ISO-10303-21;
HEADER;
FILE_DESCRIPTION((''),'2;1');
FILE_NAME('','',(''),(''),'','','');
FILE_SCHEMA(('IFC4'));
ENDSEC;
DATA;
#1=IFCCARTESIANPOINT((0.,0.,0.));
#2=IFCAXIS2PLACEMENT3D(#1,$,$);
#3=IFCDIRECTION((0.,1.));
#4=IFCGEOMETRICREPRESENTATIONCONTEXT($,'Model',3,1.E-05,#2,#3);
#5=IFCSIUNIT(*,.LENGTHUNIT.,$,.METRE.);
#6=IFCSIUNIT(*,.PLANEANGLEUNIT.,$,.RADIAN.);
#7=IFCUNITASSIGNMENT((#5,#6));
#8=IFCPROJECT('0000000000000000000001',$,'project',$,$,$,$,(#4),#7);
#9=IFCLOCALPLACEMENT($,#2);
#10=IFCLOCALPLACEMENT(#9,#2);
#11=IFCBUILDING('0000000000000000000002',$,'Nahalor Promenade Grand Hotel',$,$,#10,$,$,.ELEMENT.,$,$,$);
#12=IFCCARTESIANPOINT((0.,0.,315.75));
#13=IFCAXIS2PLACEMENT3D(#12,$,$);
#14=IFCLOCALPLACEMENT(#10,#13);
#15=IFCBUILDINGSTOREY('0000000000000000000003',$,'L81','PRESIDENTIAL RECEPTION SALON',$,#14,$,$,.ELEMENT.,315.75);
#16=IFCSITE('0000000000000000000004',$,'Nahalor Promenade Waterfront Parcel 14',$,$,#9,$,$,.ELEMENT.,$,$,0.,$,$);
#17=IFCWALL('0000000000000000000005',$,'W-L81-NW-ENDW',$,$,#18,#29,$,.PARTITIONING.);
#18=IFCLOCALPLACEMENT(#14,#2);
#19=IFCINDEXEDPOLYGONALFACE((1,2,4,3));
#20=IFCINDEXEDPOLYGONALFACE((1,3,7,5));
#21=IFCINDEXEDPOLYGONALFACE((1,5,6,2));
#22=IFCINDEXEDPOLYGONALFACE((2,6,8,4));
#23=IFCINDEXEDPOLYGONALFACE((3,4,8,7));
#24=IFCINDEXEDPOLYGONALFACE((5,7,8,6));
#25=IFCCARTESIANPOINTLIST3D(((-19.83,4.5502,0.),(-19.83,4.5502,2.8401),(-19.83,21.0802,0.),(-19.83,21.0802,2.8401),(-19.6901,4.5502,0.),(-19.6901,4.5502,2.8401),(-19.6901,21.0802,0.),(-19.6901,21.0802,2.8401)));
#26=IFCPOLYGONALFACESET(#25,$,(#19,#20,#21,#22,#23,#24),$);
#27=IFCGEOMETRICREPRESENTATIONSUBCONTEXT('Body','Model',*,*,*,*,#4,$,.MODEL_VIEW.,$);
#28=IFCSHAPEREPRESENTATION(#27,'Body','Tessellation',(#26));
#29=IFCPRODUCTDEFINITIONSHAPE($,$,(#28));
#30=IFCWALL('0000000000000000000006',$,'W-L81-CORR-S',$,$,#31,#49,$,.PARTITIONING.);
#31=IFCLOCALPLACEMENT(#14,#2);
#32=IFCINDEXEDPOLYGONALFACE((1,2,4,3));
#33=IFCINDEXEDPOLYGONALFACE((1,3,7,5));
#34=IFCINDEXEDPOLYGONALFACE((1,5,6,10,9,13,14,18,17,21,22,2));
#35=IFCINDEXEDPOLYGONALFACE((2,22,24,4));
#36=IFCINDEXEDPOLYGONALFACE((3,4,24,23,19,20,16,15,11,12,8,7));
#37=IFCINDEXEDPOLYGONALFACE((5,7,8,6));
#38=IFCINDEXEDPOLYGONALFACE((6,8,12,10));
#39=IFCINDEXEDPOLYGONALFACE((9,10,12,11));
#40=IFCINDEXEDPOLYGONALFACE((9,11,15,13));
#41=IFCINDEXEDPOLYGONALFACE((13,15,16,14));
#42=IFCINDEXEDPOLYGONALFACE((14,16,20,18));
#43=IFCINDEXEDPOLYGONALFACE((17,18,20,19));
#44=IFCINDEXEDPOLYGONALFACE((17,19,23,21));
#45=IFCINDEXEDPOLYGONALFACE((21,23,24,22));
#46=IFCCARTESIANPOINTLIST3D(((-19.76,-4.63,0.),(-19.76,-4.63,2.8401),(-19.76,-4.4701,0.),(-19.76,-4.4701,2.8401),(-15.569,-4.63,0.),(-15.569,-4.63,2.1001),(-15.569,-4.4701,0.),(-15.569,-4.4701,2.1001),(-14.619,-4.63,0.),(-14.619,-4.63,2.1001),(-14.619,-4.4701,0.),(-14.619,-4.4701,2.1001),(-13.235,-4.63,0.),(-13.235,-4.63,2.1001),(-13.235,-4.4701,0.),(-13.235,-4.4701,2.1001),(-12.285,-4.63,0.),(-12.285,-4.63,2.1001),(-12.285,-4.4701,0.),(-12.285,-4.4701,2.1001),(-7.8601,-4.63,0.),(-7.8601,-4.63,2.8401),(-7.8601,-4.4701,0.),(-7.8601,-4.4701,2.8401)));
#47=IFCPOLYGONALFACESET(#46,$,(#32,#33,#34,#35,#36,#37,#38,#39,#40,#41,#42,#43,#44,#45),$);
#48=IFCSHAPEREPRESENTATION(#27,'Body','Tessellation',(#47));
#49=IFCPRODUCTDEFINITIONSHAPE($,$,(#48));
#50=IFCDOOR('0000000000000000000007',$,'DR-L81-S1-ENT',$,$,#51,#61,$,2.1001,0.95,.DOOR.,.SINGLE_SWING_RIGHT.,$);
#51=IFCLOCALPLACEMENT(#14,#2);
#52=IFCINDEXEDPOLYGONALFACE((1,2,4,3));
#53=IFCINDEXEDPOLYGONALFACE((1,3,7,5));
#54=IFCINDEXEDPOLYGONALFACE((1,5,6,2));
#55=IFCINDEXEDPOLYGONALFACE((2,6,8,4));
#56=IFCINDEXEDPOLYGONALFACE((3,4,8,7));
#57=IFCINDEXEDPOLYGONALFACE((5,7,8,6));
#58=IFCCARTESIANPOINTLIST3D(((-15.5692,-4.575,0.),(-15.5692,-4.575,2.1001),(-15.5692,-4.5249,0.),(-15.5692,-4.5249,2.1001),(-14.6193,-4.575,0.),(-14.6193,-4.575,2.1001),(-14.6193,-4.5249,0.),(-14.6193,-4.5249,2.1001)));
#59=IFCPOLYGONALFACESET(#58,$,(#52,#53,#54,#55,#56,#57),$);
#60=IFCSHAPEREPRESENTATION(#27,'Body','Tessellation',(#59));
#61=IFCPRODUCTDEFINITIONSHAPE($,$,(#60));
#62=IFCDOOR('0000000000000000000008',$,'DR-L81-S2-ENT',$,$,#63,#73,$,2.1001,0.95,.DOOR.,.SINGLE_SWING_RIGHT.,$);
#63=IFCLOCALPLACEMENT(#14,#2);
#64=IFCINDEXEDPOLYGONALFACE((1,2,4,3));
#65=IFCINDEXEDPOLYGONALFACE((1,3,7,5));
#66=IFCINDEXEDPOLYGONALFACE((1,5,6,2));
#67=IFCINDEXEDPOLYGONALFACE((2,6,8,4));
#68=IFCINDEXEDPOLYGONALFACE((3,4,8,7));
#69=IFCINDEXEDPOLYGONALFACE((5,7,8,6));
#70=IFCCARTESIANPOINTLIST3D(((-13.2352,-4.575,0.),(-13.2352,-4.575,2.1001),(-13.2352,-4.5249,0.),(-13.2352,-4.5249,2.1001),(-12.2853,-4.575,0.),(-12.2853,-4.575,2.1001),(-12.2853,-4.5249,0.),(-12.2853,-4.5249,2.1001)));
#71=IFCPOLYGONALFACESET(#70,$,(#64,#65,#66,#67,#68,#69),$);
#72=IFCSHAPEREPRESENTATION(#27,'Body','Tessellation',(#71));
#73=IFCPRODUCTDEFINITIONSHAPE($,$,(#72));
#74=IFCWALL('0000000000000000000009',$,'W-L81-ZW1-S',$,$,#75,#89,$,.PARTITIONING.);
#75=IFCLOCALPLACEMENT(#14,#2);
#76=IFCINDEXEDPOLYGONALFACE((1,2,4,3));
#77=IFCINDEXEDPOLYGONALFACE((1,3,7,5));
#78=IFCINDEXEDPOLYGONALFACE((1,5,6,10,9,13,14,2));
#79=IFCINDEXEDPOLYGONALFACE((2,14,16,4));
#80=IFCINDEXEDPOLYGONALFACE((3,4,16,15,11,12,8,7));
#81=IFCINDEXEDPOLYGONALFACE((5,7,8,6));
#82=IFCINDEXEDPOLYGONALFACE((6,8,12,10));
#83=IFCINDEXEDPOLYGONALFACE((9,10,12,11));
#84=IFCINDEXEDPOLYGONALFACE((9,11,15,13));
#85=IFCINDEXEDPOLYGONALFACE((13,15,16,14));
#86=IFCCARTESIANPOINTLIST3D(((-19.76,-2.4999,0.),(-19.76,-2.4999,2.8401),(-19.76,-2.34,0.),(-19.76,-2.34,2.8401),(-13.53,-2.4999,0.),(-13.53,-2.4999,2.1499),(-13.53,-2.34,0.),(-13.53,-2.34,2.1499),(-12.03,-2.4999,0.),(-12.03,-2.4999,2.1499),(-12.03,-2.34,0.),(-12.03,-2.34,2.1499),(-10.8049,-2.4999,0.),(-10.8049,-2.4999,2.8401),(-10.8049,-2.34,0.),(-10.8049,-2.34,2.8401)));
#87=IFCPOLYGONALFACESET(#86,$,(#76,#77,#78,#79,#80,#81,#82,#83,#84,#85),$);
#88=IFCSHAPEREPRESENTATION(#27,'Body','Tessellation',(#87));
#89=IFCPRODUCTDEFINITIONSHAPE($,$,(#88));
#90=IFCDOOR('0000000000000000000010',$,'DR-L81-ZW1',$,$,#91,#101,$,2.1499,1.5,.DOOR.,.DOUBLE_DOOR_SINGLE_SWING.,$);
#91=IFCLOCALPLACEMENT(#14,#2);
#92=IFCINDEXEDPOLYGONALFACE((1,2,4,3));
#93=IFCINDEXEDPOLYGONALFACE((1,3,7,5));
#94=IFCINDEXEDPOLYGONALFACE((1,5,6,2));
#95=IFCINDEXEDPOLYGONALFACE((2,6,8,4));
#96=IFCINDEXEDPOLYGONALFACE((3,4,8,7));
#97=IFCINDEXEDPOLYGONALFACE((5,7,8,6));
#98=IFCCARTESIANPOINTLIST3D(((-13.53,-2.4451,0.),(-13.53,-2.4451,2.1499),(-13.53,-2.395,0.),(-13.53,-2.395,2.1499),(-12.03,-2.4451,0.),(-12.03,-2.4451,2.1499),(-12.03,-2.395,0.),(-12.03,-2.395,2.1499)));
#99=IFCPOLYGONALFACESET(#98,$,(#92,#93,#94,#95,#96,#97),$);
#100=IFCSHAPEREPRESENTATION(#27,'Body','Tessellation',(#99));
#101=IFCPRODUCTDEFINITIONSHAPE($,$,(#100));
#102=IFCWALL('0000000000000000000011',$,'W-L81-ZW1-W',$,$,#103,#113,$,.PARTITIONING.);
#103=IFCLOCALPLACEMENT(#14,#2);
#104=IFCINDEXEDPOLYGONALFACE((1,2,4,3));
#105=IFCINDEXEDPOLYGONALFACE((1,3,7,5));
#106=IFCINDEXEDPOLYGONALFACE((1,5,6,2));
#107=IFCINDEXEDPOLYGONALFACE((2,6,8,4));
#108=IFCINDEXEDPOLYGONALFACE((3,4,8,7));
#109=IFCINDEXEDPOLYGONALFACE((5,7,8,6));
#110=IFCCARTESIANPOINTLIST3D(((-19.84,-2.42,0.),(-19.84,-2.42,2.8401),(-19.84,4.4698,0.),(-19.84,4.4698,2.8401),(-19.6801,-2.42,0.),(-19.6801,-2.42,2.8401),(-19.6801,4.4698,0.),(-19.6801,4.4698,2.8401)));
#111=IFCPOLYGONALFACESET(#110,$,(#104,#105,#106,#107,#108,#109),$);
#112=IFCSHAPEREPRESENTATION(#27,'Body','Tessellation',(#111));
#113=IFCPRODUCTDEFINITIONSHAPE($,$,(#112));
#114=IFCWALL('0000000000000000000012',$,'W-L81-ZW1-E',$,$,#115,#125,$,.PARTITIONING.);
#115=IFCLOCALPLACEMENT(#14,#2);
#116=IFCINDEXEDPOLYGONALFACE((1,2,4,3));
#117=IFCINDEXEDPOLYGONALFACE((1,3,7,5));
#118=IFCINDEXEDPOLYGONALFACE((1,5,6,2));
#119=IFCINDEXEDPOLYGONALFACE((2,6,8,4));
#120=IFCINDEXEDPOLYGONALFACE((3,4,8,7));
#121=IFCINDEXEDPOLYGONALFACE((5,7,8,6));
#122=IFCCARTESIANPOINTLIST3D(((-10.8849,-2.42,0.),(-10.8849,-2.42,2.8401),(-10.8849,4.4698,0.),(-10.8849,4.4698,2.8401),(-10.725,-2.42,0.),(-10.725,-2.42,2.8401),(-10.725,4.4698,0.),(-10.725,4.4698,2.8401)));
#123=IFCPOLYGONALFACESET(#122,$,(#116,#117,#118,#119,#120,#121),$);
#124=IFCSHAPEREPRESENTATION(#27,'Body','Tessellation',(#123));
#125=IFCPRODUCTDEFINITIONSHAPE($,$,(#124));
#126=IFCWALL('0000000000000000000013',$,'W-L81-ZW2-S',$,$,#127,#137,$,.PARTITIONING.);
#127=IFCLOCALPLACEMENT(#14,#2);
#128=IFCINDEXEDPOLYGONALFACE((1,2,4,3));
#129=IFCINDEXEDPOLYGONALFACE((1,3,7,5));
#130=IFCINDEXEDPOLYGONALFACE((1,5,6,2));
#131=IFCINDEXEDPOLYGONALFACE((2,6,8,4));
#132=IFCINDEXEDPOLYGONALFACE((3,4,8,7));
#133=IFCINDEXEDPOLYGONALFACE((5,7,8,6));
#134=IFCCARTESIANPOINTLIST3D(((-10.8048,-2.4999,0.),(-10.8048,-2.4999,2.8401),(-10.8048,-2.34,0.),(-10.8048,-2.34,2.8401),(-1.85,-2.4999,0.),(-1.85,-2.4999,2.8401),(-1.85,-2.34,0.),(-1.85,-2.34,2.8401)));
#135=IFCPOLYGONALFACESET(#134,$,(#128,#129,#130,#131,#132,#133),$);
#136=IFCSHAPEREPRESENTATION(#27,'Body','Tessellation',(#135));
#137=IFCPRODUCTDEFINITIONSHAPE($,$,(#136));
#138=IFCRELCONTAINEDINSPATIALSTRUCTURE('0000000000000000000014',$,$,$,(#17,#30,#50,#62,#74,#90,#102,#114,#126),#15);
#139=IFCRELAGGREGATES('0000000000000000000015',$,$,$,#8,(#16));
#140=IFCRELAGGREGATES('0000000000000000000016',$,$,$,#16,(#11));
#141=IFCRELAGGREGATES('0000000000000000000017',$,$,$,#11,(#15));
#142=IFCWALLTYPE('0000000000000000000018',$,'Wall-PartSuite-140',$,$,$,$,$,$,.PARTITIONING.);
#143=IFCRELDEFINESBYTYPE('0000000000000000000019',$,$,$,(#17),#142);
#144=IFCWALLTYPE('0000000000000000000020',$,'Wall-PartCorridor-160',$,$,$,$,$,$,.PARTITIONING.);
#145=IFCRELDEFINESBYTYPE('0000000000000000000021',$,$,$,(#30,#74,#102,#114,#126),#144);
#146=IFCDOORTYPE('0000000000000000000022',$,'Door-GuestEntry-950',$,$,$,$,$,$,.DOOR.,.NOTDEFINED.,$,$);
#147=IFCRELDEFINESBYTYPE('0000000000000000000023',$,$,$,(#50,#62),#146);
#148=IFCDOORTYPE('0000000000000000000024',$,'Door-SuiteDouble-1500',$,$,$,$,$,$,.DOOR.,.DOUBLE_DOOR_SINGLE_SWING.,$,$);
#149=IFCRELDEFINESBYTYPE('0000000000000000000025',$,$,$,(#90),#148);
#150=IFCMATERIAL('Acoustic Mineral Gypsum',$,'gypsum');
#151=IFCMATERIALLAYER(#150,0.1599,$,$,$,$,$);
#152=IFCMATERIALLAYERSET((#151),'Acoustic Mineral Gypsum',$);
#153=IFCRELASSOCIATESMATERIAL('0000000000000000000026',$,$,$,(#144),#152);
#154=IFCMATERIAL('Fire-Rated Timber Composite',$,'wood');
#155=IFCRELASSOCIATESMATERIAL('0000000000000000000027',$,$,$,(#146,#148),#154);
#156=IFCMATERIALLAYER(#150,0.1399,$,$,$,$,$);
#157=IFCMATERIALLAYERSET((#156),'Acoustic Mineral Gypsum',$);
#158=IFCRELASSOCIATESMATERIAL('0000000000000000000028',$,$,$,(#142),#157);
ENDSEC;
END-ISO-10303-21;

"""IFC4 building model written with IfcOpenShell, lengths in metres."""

from ifc_helpers import new_model, si_unit, direction, frame, frame_2d, origin, place, context, subcontext, project, spatial, rectangle, extrude, source, transform, mapped, material, layer, layer_set, type_object, element, fill, save


model = new_model("IFC4")

# Units and contexts
model_context = context("Model", 3, precision=1e-05, world=origin(), true_north=direction((0.0, 1.0)))
body_context = subcontext(model_context, "Body", "Model", "MODEL_VIEW")
ifc_project = project(units=[si_unit("LENGTHUNIT", "METRE"), si_unit("PLANEANGLEUNIT", "RADIAN")], contexts=[model_context])

# Site, building, storey
site_placement = place(None, origin())
site = spatial("IfcSite", under=ifc_project, at=site_placement, Name="Nahalor Promenade Waterfront Parcel 14", CompositionType="ELEMENT", RefElevation=0.0)
building_placement = place(site_placement, origin())
building = spatial("IfcBuilding", under=site, at=building_placement, Name="Nahalor Promenade Grand Hotel", CompositionType="ELEMENT")
storey_placement = place(building_placement, frame((0.0, 0.0, 315.75)))
storey = spatial("IfcBuildingStorey", under=building, at=storey_placement, Name="L81", Description="PRESIDENTIAL RECEPTION SALON", CompositionType="ELEMENT", Elevation=315.75)

# Shared definitions
ifc_material_1 = material(Name="Acoustic Mineral Gypsum", Category="gypsum")
ifc_layer_1 = layer(ifc_material_1, 0.1599)
ifc_layer_set_1 = layer_set([ifc_layer_1], Name="Acoustic Mineral Gypsum")
wall_type_1 = type_object("IfcWallType", Name="Wall-PartCorridor-160", PredefinedType="PARTITIONING", material=ifc_layer_set_1)
ifc_material_2 = material(Name="Fire-Rated Timber Composite", Category="wood")
door_type_1 = type_object("IfcDoorType", Name="Door-GuestEntry-950", OperationType="NOTDEFINED", PredefinedType="DOOR", material=ifc_material_2)
shared_shape_1 = source(origin(), body_context, "Body", "SweptSolid", [
    extrude(rectangle(XDim=0.95, YDim=2.1001, at=frame_2d((0.4751, 1.05))), frame((0.0, 0.0249, 0.0), z_axis=(0.0, -1.0, 0.0), x_axis=(1.0, 0.0, 0.0)), (0.0, 0.0, 1.0), 0.05),
])

# Wall
ifc_layer_2 = layer(ifc_material_1, 0.1399)
ifc_layer_set_2 = layer_set([ifc_layer_2], Name="Acoustic Mineral Gypsum")
wall_type_2 = type_object("IfcWallType", Name="Wall-PartSuite-140", PredefinedType="PARTITIONING", material=ifc_layer_set_2)
shared_shape_2 = source(origin(), body_context, "Body", "SweptSolid", [
    extrude(rectangle(XDim=16.53, YDim=0.1399, at=frame_2d((8.2651, 0.0))), origin(), (0.0, 0.0, 1.0), 2.8401),
])
wall_1_placement = place(storey_placement, frame((-19.76, 4.55, 0.0), z_axis=(0.0, 0.0, 1.0), x_axis=(0.0, 1.0, 0.0)))
element("IfcWall", 1, at=wall_1_placement, inside=storey, type_object=wall_type_2, Name="W-L81-NW-ENDW", PredefinedType="PARTITIONING", context=body_context, shape_type="MappedRepresentation", body=[
    mapped(shared_shape_2, transform((0.0, 0.0, 0.0), scale=1.0)),
])

# Wall, openings, doors
shared_shape_3 = source(origin(), body_context, "Body", "SweptSolid", [
    extrude(rectangle(XDim=11.8999, YDim=0.1599, at=frame_2d((5.95, 0.0))), origin(), (0.0, 0.0, 1.0), 2.8401),
])
wall_2_placement = place(storey_placement, frame((-19.76, -4.55, 0.0), z_axis=(0.0, 0.0, 1.0), x_axis=(1.0, 0.0, 0.0)))
wall_2 = element("IfcWall", 2, at=wall_2_placement, inside=storey, type_object=wall_type_1, Name="W-L81-CORR-S", PredefinedType="PARTITIONING", context=body_context, shape_type="MappedRepresentation", body=[
    mapped(shared_shape_3, transform((0.0, 0.0, 0.0), scale=1.0)),
])
opening_1_placement = place(wall_2_placement, frame((4.1909, 0.0, 0.0)))
opening_1 = element("IfcOpeningElement", 3, at=opening_1_placement, cuts=wall_2, PredefinedType="OPENING", context=body_context, shape_type="SweptSolid", body=[
    extrude(rectangle(XDim=0.95, YDim=2.1001, at=frame_2d((0.4751, 1.05))), frame((0.0, 0.0898, 0.0), z_axis=(0.0, -1.0, 0.0), x_axis=(1.0, 0.0, 0.0)), (0.0, 0.0, 1.0), 0.1799),
])
opening_2_placement = place(wall_2_placement, frame((6.5249, 0.0, 0.0)))
opening_2 = element("IfcOpeningElement", 4, at=opening_2_placement, cuts=wall_2, PredefinedType="OPENING", context=body_context, shape_type="SweptSolid", body=[
    extrude(rectangle(XDim=0.95, YDim=2.1001, at=frame_2d((0.4751, 1.05))), frame((0.0, 0.0898, 0.0), z_axis=(0.0, -1.0, 0.0), x_axis=(1.0, 0.0, 0.0)), (0.0, 0.0, 1.0), 0.1799),
])
door_1_placement = place(opening_1_placement, frame((0.95, 0.0, 0.0), z_axis=(0.0, 0.0, 1.0), x_axis=(-1.0, 0.0, 0.0)))
door_1 = element("IfcDoor", 5, at=door_1_placement, inside=storey, type_object=door_type_1, Name="DR-L81-S1-ENT", OperationType="SINGLE_SWING_RIGHT", OverallHeight=2.1001, OverallWidth=0.95, PredefinedType="DOOR", context=body_context, shape_type="MappedRepresentation", body=[
    mapped(shared_shape_1, transform((0.0, 0.0, 0.0), scale=1.0)),
])
fill(opening_1, door_1)
door_2_placement = place(opening_2_placement, frame((0.95, 0.0, 0.0), z_axis=(0.0, 0.0, 1.0), x_axis=(-1.0, 0.0, 0.0)))
door_2 = element("IfcDoor", 6, at=door_2_placement, inside=storey, type_object=door_type_1, Name="DR-L81-S2-ENT", OperationType="SINGLE_SWING_RIGHT", OverallHeight=2.1001, OverallWidth=0.95, PredefinedType="DOOR", context=body_context, shape_type="MappedRepresentation", body=[
    mapped(shared_shape_1, transform((0.0, 0.0, 0.0), scale=1.0)),
])
fill(opening_2, door_2)

# Wall, opening, door
shared_shape_4 = source(origin(), body_context, "Body", "SweptSolid", [
    extrude(rectangle(XDim=8.9551, YDim=0.1599, at=frame_2d((4.4775, 0.0))), origin(), (0.0, 0.0, 1.0), 2.8401),
])
wall_3_placement = place(storey_placement, frame((-19.76, -2.4199, 0.0), z_axis=(0.0, 0.0, 1.0), x_axis=(1.0, 0.0, 0.0)))
wall_3 = element("IfcWall", 7, at=wall_3_placement, inside=storey, type_object=wall_type_1, Name="W-L81-ZW1-S", PredefinedType="PARTITIONING", context=body_context, shape_type="MappedRepresentation", body=[
    mapped(shared_shape_4, transform((0.0, 0.0, 0.0), scale=1.0)),
])
opening_3_placement = place(wall_3_placement, frame((6.23, 0.0, 0.0)))
opening_3 = element("IfcOpeningElement", 8, at=opening_3_placement, cuts=wall_3, PredefinedType="OPENING", context=body_context, shape_type="SweptSolid", body=[
    extrude(rectangle(XDim=1.5, YDim=2.1499, at=frame_2d((0.75, 1.075))), frame((0.0, 0.0898, 0.0), z_axis=(0.0, -1.0, 0.0), x_axis=(1.0, 0.0, 0.0)), (0.0, 0.0, 1.0), 0.1799),
])
door_type_2 = type_object("IfcDoorType", Name="Door-SuiteDouble-1500", OperationType="DOUBLE_DOOR_SINGLE_SWING", PredefinedType="DOOR", material=ifc_material_2)
shared_shape_5 = source(origin(), body_context, "Body", "SweptSolid", [
    extrude(rectangle(XDim=1.5, YDim=2.1499, at=frame_2d((0.75, 1.075))), frame((0.0, 0.0249, 0.0), z_axis=(0.0, -1.0, 0.0), x_axis=(1.0, 0.0, 0.0)), (0.0, 0.0, 1.0), 0.05),
])
door_3_placement = place(opening_3_placement, origin())
door_3 = element("IfcDoor", 9, at=door_3_placement, inside=storey, type_object=door_type_2, Name="DR-L81-ZW1", OperationType="DOUBLE_DOOR_SINGLE_SWING", OverallHeight=2.1499, OverallWidth=1.5, PredefinedType="DOOR", context=body_context, shape_type="MappedRepresentation", body=[
    mapped(shared_shape_5, transform((0.0, 0.0, 0.0), scale=1.0)),
])
fill(opening_3, door_3)

# Walls
shared_shape_6 = source(origin(), body_context, "Body", "SweptSolid", [
    extrude(rectangle(XDim=6.8899, YDim=0.1599, at=frame_2d((3.4448, 0.0))), origin(), (0.0, 0.0, 1.0), 2.8401),
])
for number, where, z_axis, x_axis, name in (
    (10, (-19.76, -2.4199, 0.0), (0.0, 0.0, 1.0), (0.0, 1.0, 0.0), "W-L81-ZW1-W"),
    (11, (-10.8049, -2.4199, 0.0), (0.0, 0.0, 1.0), (0.0, 1.0, 0.0), "W-L81-ZW1-E"),
):
    element("IfcWall", number, at=place(storey_placement, frame(where, z_axis=z_axis, x_axis=x_axis)), inside=storey, type_object=wall_type_1, Name=name, PredefinedType="PARTITIONING", context=body_context, shape_type="MappedRepresentation", body=[
        mapped(shared_shape_6, transform((0.0, 0.0, 0.0), scale=1.0)),
    ])
shared_shape_7 = source(origin(), body_context, "Body", "SweptSolid", [
    extrude(rectangle(XDim=8.9548, YDim=0.1599, at=frame_2d((4.4775, 0.0))), origin(), (0.0, 0.0, 1.0), 2.8401),
])
wall_4_placement = place(storey_placement, frame((-10.8049, -2.4199, 0.0), z_axis=(0.0, 0.0, 1.0), x_axis=(1.0, 0.0, 0.0)))
element("IfcWall", 12, at=wall_4_placement, inside=storey, type_object=wall_type_1, Name="W-L81-ZW2-S", PredefinedType="PARTITIONING", context=body_context, shape_type="MappedRepresentation", body=[
    mapped(shared_shape_7, transform((0.0, 0.0, 0.0), scale=1.0)),
])

save(model, "model.ifc")
